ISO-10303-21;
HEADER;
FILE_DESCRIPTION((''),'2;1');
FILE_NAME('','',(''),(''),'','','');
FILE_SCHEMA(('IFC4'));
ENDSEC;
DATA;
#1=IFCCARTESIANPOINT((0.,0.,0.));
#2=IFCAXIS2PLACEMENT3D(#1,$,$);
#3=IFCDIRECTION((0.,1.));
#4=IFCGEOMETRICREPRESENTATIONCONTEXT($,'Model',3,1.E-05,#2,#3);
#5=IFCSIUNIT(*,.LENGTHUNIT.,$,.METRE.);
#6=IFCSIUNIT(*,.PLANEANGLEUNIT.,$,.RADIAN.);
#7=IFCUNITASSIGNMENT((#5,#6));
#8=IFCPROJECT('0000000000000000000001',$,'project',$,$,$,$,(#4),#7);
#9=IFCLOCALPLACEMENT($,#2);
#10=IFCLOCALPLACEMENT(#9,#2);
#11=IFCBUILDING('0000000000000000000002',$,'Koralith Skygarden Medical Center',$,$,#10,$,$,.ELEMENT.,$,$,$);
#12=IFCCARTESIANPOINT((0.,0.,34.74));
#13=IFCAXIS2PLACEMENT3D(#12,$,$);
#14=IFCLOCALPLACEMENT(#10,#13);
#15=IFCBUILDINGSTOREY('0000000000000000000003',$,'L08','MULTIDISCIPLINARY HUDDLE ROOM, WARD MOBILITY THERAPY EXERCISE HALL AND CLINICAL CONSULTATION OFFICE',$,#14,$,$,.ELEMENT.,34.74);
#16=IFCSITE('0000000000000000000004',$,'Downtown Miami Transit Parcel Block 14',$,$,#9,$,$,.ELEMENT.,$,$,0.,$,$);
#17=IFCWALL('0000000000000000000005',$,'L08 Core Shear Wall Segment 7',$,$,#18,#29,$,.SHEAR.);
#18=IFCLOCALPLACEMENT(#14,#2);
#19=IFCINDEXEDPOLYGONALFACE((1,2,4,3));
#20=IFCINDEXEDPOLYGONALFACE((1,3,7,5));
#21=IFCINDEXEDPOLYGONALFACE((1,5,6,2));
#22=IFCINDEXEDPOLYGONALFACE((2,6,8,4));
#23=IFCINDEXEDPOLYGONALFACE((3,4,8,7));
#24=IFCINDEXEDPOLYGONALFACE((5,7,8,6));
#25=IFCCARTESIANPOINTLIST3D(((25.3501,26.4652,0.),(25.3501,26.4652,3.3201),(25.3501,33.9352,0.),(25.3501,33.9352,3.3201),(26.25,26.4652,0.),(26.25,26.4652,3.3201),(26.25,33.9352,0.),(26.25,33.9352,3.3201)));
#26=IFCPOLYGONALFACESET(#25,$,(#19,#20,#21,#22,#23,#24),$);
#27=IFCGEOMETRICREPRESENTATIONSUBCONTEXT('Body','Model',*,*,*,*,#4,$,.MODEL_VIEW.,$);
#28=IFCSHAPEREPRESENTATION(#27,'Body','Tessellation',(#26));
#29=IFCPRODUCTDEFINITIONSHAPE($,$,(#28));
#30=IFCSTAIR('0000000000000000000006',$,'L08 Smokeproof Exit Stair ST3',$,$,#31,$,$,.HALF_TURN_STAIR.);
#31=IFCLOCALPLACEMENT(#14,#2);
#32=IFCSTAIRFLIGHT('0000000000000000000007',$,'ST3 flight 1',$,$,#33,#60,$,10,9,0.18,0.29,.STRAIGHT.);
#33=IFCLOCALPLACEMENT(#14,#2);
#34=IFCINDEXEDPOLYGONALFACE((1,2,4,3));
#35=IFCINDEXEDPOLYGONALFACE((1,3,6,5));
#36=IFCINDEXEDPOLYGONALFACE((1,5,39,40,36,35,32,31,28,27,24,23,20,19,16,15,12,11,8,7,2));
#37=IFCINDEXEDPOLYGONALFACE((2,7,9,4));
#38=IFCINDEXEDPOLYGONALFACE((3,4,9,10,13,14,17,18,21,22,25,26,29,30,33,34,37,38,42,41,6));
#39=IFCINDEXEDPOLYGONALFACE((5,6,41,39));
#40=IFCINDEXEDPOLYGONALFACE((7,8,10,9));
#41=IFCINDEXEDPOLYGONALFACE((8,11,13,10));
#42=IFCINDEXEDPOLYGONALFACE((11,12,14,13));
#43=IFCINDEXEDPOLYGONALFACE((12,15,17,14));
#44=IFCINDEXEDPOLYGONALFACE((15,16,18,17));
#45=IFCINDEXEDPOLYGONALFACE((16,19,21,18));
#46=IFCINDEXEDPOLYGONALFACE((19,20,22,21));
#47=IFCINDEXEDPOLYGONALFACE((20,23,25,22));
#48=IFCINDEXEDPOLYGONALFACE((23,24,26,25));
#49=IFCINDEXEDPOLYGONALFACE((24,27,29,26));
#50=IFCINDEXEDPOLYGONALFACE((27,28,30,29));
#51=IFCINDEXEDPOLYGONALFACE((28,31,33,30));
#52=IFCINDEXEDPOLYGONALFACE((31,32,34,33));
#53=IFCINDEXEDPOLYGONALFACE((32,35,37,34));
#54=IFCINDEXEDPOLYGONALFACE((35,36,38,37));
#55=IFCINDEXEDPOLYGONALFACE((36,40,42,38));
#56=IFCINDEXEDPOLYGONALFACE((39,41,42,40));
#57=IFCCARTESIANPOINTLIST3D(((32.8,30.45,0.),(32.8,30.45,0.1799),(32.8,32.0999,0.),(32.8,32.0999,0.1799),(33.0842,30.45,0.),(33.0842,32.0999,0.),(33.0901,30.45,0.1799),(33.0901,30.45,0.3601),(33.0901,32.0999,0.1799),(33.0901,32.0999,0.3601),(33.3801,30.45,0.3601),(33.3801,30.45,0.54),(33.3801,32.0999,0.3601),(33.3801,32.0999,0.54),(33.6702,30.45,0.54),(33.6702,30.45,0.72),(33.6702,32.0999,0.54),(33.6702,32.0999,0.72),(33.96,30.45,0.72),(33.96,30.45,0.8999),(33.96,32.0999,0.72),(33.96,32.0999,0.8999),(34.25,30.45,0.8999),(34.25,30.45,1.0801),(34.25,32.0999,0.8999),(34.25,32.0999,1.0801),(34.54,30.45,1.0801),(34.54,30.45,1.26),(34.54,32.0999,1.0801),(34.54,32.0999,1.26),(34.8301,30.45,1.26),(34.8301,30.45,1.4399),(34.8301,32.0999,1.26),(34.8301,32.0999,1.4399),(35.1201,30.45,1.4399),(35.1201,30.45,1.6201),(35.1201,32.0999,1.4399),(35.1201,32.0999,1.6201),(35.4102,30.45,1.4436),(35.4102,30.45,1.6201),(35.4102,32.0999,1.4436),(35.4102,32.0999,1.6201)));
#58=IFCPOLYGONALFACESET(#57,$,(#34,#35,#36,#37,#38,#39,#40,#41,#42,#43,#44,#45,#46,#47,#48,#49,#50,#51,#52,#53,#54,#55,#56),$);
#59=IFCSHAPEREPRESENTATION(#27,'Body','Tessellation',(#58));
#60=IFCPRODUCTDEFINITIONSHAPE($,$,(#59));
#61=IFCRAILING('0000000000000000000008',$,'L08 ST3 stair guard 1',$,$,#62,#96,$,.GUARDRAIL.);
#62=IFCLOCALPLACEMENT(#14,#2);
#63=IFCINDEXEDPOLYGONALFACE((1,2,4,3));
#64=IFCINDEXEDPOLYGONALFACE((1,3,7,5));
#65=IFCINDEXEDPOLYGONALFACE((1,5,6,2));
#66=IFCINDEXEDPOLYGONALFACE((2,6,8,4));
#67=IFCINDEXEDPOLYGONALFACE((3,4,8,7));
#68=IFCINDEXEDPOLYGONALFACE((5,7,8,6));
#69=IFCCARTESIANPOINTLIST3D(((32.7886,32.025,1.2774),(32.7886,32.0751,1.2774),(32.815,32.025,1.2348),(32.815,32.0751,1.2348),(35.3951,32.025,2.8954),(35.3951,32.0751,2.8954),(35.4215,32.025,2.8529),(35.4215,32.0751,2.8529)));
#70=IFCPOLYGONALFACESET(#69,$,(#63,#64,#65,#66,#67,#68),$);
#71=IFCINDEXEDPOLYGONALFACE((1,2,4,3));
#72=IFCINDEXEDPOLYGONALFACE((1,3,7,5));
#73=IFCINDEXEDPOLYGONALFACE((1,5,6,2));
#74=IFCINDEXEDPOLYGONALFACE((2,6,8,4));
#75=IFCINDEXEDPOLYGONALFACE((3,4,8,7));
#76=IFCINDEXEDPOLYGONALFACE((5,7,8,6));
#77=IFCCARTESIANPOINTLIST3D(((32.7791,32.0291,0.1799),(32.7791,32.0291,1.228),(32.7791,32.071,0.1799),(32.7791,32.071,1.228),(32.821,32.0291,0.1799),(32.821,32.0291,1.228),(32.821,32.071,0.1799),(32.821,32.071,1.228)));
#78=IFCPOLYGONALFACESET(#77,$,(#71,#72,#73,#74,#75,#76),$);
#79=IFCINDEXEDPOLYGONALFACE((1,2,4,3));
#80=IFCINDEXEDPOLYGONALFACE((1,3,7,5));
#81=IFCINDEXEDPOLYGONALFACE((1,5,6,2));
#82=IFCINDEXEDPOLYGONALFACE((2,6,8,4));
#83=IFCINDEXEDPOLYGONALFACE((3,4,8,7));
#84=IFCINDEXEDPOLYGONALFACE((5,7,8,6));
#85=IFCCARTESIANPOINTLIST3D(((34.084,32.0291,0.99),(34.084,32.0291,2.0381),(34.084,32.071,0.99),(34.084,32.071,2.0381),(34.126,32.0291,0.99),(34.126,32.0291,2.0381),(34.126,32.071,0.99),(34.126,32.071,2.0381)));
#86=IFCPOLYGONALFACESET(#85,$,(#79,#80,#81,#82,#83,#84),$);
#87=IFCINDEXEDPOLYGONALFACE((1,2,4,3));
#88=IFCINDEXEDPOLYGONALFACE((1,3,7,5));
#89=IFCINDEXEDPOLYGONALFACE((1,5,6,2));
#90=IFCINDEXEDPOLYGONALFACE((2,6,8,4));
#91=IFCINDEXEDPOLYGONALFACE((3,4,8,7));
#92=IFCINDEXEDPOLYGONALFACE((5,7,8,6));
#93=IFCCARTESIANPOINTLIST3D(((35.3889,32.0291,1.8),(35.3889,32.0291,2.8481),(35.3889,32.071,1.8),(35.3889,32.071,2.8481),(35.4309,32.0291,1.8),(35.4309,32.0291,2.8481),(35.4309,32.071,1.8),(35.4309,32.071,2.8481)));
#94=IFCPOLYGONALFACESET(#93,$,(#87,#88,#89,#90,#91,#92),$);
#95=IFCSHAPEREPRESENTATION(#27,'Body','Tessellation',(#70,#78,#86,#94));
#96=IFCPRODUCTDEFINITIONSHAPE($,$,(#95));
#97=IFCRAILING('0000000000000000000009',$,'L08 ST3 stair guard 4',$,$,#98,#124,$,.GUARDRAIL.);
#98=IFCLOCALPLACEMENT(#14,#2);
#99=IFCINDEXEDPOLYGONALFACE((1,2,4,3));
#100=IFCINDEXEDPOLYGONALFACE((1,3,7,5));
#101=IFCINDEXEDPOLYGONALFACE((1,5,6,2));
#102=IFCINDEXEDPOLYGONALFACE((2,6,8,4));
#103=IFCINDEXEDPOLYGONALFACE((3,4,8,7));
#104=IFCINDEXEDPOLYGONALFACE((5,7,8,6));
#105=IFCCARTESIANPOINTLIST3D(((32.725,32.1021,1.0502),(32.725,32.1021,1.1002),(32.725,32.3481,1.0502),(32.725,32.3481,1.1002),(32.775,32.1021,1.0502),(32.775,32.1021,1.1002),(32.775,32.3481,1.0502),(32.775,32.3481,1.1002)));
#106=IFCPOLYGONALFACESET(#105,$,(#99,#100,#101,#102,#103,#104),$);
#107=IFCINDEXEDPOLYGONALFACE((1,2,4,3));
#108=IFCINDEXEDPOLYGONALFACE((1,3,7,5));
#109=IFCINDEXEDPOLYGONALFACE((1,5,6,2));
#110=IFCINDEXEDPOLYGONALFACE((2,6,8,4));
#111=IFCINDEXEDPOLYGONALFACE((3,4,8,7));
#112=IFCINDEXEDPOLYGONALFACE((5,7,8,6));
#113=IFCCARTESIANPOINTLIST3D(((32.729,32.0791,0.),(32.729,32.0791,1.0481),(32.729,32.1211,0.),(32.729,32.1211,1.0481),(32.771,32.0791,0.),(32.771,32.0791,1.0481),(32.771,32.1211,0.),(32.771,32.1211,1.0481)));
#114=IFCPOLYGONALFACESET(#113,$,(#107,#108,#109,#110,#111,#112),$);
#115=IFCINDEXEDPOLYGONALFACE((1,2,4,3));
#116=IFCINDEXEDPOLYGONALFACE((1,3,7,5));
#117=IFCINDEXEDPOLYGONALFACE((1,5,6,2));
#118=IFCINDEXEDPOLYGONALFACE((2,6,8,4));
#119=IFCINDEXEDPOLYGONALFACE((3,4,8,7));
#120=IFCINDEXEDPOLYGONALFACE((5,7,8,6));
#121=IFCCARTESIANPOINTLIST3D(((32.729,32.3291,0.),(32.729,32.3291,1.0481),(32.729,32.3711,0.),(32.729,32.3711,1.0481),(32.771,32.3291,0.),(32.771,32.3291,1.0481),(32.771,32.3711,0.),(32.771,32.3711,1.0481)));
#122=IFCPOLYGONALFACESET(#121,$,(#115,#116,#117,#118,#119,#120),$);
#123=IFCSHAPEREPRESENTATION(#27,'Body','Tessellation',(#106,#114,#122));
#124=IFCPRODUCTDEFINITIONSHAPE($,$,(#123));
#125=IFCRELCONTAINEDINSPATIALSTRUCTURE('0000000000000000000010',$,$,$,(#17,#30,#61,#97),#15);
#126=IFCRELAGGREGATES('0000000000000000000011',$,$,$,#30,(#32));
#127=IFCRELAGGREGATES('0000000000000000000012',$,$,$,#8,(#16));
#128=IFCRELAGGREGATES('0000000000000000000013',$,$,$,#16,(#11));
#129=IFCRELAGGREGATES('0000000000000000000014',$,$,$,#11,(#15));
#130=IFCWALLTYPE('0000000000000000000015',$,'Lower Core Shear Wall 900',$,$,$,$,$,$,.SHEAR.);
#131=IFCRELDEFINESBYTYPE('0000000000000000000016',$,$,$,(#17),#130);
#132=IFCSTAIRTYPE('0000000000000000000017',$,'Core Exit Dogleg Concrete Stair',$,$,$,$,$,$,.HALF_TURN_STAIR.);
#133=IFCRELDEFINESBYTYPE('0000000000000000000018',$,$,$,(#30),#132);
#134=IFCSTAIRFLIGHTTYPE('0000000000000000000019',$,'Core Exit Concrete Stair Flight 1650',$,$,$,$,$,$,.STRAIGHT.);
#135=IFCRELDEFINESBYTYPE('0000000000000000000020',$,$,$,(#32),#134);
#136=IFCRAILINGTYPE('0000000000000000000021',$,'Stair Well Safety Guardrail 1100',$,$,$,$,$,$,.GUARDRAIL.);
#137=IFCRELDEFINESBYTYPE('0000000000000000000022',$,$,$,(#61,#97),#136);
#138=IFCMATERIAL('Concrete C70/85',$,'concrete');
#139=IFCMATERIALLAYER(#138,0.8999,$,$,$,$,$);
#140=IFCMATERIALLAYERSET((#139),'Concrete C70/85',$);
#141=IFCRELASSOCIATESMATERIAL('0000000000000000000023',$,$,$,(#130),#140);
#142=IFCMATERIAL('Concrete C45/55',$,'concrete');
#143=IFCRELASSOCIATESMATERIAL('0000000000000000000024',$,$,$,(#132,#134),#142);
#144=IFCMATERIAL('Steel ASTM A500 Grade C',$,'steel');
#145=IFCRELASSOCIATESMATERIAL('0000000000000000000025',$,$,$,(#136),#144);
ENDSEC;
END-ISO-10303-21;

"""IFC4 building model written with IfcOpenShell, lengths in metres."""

from ifc_helpers import new_model, si_unit, direction, frame, frame_2d, origin, origin_2d, place, context, subcontext, project, spatial, polyline, rectangle, outline, extrude, material, layer, layer_set, type_object, element, aggregate, save


model = new_model("IFC4")

# Units and contexts
model_context = context("Model", 3, precision=1e-05, world=origin(), true_north=direction((0.0, 1.0)))
body_context = subcontext(model_context, "Body", "Model", "MODEL_VIEW")
ifc_project = project(units=[si_unit("LENGTHUNIT", "METRE"), si_unit("PLANEANGLEUNIT", "RADIAN")], contexts=[model_context])

# Site, building, storey
site_placement = place(None, origin())
site = spatial("IfcSite", under=ifc_project, at=site_placement, Name="Downtown Miami Transit Parcel Block 14", CompositionType="ELEMENT", RefElevation=0.0)
building_placement = place(site_placement, origin())
building = spatial("IfcBuilding", under=site, at=building_placement, Name="Koralith Skygarden Medical Center", CompositionType="ELEMENT")
storey_placement = place(building_placement, frame((0.0, 0.0, 34.74)))
storey = spatial("IfcBuildingStorey", under=building, at=storey_placement, Name="L08", Description="MULTIDISCIPLINARY HUDDLE ROOM, WARD MOBILITY THERAPY EXERCISE HALL AND CLINICAL CONSULTATION OFFICE", CompositionType="ELEMENT", Elevation=34.74)

# Shared definitions
ifc_material_1 = material(Name="Concrete C70/85", Category="concrete")

# Shared definitions
ifc_material_2 = material(Name="Concrete C45/55", Category="concrete")

# Wall
ifc_layer_1 = layer(ifc_material_1, 0.8999)
ifc_layer_set_1 = layer_set([ifc_layer_1], Name="Concrete C70/85")
wall_type_1 = type_object("IfcWallType", Name="Lower Core Shear Wall 900", PredefinedType="SHEAR", material=ifc_layer_set_1)
wall_1_placement = place(storey_placement, frame((25.8, 33.9351, 0.0), z_axis=(0.0, 0.0, 1.0), x_axis=(0.0, -1.0, 0.0)))
element("IfcWall", 1, at=wall_1_placement, inside=storey, type_object=wall_type_1, Name="L08 Core Shear Wall Segment 7", PredefinedType="SHEAR", context=body_context, shape_type="SweptSolid", body=[
    extrude(rectangle(XDim=7.47, YDim=0.8999, at=frame_2d((3.7349, 0.0))), origin(), (0.0, 0.0, 1.0), 3.3201),
])

# Stair, stair flight
stair_type = type_object("IfcStairType", Name="Core Exit Dogleg Concrete Stair", PredefinedType="HALF_TURN_STAIR", material=ifc_material_2)
stair_placement = place(storey_placement, origin())
stair = element("IfcStair", 2, at=stair_placement, inside=storey, type_object=stair_type, Name="L08 Smokeproof Exit Stair ST3", PredefinedType="HALF_TURN_STAIR")
stair_flight_type = type_object("IfcStairFlightType", Name="Core Exit Concrete Stair Flight 1650", PredefinedType="STRAIGHT", material=ifc_material_2)
stair_flight_placement = place(storey_placement, frame((32.8, 31.2749, 0.0), z_axis=(0.0, 0.0, 1.0), x_axis=(1.0, 0.0, 0.0)))
stair_flight = element("IfcStairFlight", 3, at=stair_flight_placement, type_object=stair_flight_type, Name="ST3 flight 1", NumberOfRisers=10, NumberOfTreads=9, PredefinedType="STRAIGHT", RiserHeight=0.18, TreadLength=0.29, context=body_context, shape_type="SweptSolid", body=[
    extrude(outline(polyline([(0.0, 0.0), (0.0, 0.1799), (0.29, 0.1799), (0.29, 0.3601), (0.5801, 0.3601), (0.5801, 0.54), (0.8701, 0.54), (0.8701, 0.72), (1.1599, 0.72), (1.1599, 0.8999), (1.45, 0.8999), (1.45, 1.0801), (1.74, 1.0801), (1.74, 1.26), (2.03, 1.26), (2.03, 1.4399), (2.3201, 1.4399), (2.3201, 1.6201), (2.6101, 1.6201), (2.6101, 1.8), (2.6101, 1.4436), (0.2842, 0.0), (0.0, 0.0)])), frame((0.0, 0.825, 0.0), z_axis=(0.0, -1.0, 0.0), x_axis=(1.0, 0.0, 0.0)), (0.0, 0.0, 1.0), 1.6499),
])
aggregate(stair, [stair_flight])

# Railings
ifc_material_3 = material(Name="Steel ASTM A500 Grade C", Category="steel")
railing_type = type_object("IfcRailingType", Name="Stair Well Safety Guardrail 1100", PredefinedType="GUARDRAIL", material=ifc_material_3)
railing_1_placement = place(storey_placement, frame((32.8, 32.05, 0.1799)))
element("IfcRailing", 4, at=railing_1_placement, inside=storey, type_object=railing_type, Name="L08 ST3 stair guard 1", PredefinedType="GUARDRAIL", context=body_context, shape_type="SweptSolid", body=[
    extrude(rectangle(XDim=0.05, YDim=0.05, at=origin_2d()), frame((0.0017, 0.0, 1.0762), z_axis=(0.849611, 0.0, 0.52741), x_axis=(0.0, 1.0, 0.0)), (0.0, 0.0, 1.0), 3.0679),
    extrude(rectangle(XDim=0.042, YDim=0.042, at=origin_2d()), origin(), (0.0, 0.0, 1.0), 1.0481),
    extrude(rectangle(XDim=0.042, YDim=0.042, at=origin_2d()), frame((1.3049, 0.0, 0.8101)), (0.0, 0.0, 1.0), 1.0481),
    extrude(rectangle(XDim=0.042, YDim=0.042, at=origin_2d()), frame((2.6099, 0.0, 1.6201)), (0.0, 0.0, 1.0), 1.0481),
])
railing_2_placement = place(storey_placement, frame((32.75, 32.1001, 0.0)))
element("IfcRailing", 5, at=railing_2_placement, inside=storey, type_object=railing_type, Name="L08 ST3 stair guard 4", PredefinedType="GUARDRAIL", context=body_context, shape_type="SweptSolid", body=[
    extrude(rectangle(XDim=0.05, YDim=0.05, at=origin_2d()), frame((0.0, 0.002, 1.0752), z_axis=(0.0, 1.0, 0.0), x_axis=(-1.0, 0.0, 0.0)), (0.0, 0.0, 1.0), 0.2461),
    extrude(rectangle(XDim=0.042, YDim=0.042, at=origin_2d()), origin(), (0.0, 0.0, 1.0), 1.0481),
    extrude(rectangle(XDim=0.042, YDim=0.042, at=origin_2d()), frame((0.0, 0.25, 0.0)), (0.0, 0.0, 1.0), 1.0481),
])

save(model, "model.ifc")
